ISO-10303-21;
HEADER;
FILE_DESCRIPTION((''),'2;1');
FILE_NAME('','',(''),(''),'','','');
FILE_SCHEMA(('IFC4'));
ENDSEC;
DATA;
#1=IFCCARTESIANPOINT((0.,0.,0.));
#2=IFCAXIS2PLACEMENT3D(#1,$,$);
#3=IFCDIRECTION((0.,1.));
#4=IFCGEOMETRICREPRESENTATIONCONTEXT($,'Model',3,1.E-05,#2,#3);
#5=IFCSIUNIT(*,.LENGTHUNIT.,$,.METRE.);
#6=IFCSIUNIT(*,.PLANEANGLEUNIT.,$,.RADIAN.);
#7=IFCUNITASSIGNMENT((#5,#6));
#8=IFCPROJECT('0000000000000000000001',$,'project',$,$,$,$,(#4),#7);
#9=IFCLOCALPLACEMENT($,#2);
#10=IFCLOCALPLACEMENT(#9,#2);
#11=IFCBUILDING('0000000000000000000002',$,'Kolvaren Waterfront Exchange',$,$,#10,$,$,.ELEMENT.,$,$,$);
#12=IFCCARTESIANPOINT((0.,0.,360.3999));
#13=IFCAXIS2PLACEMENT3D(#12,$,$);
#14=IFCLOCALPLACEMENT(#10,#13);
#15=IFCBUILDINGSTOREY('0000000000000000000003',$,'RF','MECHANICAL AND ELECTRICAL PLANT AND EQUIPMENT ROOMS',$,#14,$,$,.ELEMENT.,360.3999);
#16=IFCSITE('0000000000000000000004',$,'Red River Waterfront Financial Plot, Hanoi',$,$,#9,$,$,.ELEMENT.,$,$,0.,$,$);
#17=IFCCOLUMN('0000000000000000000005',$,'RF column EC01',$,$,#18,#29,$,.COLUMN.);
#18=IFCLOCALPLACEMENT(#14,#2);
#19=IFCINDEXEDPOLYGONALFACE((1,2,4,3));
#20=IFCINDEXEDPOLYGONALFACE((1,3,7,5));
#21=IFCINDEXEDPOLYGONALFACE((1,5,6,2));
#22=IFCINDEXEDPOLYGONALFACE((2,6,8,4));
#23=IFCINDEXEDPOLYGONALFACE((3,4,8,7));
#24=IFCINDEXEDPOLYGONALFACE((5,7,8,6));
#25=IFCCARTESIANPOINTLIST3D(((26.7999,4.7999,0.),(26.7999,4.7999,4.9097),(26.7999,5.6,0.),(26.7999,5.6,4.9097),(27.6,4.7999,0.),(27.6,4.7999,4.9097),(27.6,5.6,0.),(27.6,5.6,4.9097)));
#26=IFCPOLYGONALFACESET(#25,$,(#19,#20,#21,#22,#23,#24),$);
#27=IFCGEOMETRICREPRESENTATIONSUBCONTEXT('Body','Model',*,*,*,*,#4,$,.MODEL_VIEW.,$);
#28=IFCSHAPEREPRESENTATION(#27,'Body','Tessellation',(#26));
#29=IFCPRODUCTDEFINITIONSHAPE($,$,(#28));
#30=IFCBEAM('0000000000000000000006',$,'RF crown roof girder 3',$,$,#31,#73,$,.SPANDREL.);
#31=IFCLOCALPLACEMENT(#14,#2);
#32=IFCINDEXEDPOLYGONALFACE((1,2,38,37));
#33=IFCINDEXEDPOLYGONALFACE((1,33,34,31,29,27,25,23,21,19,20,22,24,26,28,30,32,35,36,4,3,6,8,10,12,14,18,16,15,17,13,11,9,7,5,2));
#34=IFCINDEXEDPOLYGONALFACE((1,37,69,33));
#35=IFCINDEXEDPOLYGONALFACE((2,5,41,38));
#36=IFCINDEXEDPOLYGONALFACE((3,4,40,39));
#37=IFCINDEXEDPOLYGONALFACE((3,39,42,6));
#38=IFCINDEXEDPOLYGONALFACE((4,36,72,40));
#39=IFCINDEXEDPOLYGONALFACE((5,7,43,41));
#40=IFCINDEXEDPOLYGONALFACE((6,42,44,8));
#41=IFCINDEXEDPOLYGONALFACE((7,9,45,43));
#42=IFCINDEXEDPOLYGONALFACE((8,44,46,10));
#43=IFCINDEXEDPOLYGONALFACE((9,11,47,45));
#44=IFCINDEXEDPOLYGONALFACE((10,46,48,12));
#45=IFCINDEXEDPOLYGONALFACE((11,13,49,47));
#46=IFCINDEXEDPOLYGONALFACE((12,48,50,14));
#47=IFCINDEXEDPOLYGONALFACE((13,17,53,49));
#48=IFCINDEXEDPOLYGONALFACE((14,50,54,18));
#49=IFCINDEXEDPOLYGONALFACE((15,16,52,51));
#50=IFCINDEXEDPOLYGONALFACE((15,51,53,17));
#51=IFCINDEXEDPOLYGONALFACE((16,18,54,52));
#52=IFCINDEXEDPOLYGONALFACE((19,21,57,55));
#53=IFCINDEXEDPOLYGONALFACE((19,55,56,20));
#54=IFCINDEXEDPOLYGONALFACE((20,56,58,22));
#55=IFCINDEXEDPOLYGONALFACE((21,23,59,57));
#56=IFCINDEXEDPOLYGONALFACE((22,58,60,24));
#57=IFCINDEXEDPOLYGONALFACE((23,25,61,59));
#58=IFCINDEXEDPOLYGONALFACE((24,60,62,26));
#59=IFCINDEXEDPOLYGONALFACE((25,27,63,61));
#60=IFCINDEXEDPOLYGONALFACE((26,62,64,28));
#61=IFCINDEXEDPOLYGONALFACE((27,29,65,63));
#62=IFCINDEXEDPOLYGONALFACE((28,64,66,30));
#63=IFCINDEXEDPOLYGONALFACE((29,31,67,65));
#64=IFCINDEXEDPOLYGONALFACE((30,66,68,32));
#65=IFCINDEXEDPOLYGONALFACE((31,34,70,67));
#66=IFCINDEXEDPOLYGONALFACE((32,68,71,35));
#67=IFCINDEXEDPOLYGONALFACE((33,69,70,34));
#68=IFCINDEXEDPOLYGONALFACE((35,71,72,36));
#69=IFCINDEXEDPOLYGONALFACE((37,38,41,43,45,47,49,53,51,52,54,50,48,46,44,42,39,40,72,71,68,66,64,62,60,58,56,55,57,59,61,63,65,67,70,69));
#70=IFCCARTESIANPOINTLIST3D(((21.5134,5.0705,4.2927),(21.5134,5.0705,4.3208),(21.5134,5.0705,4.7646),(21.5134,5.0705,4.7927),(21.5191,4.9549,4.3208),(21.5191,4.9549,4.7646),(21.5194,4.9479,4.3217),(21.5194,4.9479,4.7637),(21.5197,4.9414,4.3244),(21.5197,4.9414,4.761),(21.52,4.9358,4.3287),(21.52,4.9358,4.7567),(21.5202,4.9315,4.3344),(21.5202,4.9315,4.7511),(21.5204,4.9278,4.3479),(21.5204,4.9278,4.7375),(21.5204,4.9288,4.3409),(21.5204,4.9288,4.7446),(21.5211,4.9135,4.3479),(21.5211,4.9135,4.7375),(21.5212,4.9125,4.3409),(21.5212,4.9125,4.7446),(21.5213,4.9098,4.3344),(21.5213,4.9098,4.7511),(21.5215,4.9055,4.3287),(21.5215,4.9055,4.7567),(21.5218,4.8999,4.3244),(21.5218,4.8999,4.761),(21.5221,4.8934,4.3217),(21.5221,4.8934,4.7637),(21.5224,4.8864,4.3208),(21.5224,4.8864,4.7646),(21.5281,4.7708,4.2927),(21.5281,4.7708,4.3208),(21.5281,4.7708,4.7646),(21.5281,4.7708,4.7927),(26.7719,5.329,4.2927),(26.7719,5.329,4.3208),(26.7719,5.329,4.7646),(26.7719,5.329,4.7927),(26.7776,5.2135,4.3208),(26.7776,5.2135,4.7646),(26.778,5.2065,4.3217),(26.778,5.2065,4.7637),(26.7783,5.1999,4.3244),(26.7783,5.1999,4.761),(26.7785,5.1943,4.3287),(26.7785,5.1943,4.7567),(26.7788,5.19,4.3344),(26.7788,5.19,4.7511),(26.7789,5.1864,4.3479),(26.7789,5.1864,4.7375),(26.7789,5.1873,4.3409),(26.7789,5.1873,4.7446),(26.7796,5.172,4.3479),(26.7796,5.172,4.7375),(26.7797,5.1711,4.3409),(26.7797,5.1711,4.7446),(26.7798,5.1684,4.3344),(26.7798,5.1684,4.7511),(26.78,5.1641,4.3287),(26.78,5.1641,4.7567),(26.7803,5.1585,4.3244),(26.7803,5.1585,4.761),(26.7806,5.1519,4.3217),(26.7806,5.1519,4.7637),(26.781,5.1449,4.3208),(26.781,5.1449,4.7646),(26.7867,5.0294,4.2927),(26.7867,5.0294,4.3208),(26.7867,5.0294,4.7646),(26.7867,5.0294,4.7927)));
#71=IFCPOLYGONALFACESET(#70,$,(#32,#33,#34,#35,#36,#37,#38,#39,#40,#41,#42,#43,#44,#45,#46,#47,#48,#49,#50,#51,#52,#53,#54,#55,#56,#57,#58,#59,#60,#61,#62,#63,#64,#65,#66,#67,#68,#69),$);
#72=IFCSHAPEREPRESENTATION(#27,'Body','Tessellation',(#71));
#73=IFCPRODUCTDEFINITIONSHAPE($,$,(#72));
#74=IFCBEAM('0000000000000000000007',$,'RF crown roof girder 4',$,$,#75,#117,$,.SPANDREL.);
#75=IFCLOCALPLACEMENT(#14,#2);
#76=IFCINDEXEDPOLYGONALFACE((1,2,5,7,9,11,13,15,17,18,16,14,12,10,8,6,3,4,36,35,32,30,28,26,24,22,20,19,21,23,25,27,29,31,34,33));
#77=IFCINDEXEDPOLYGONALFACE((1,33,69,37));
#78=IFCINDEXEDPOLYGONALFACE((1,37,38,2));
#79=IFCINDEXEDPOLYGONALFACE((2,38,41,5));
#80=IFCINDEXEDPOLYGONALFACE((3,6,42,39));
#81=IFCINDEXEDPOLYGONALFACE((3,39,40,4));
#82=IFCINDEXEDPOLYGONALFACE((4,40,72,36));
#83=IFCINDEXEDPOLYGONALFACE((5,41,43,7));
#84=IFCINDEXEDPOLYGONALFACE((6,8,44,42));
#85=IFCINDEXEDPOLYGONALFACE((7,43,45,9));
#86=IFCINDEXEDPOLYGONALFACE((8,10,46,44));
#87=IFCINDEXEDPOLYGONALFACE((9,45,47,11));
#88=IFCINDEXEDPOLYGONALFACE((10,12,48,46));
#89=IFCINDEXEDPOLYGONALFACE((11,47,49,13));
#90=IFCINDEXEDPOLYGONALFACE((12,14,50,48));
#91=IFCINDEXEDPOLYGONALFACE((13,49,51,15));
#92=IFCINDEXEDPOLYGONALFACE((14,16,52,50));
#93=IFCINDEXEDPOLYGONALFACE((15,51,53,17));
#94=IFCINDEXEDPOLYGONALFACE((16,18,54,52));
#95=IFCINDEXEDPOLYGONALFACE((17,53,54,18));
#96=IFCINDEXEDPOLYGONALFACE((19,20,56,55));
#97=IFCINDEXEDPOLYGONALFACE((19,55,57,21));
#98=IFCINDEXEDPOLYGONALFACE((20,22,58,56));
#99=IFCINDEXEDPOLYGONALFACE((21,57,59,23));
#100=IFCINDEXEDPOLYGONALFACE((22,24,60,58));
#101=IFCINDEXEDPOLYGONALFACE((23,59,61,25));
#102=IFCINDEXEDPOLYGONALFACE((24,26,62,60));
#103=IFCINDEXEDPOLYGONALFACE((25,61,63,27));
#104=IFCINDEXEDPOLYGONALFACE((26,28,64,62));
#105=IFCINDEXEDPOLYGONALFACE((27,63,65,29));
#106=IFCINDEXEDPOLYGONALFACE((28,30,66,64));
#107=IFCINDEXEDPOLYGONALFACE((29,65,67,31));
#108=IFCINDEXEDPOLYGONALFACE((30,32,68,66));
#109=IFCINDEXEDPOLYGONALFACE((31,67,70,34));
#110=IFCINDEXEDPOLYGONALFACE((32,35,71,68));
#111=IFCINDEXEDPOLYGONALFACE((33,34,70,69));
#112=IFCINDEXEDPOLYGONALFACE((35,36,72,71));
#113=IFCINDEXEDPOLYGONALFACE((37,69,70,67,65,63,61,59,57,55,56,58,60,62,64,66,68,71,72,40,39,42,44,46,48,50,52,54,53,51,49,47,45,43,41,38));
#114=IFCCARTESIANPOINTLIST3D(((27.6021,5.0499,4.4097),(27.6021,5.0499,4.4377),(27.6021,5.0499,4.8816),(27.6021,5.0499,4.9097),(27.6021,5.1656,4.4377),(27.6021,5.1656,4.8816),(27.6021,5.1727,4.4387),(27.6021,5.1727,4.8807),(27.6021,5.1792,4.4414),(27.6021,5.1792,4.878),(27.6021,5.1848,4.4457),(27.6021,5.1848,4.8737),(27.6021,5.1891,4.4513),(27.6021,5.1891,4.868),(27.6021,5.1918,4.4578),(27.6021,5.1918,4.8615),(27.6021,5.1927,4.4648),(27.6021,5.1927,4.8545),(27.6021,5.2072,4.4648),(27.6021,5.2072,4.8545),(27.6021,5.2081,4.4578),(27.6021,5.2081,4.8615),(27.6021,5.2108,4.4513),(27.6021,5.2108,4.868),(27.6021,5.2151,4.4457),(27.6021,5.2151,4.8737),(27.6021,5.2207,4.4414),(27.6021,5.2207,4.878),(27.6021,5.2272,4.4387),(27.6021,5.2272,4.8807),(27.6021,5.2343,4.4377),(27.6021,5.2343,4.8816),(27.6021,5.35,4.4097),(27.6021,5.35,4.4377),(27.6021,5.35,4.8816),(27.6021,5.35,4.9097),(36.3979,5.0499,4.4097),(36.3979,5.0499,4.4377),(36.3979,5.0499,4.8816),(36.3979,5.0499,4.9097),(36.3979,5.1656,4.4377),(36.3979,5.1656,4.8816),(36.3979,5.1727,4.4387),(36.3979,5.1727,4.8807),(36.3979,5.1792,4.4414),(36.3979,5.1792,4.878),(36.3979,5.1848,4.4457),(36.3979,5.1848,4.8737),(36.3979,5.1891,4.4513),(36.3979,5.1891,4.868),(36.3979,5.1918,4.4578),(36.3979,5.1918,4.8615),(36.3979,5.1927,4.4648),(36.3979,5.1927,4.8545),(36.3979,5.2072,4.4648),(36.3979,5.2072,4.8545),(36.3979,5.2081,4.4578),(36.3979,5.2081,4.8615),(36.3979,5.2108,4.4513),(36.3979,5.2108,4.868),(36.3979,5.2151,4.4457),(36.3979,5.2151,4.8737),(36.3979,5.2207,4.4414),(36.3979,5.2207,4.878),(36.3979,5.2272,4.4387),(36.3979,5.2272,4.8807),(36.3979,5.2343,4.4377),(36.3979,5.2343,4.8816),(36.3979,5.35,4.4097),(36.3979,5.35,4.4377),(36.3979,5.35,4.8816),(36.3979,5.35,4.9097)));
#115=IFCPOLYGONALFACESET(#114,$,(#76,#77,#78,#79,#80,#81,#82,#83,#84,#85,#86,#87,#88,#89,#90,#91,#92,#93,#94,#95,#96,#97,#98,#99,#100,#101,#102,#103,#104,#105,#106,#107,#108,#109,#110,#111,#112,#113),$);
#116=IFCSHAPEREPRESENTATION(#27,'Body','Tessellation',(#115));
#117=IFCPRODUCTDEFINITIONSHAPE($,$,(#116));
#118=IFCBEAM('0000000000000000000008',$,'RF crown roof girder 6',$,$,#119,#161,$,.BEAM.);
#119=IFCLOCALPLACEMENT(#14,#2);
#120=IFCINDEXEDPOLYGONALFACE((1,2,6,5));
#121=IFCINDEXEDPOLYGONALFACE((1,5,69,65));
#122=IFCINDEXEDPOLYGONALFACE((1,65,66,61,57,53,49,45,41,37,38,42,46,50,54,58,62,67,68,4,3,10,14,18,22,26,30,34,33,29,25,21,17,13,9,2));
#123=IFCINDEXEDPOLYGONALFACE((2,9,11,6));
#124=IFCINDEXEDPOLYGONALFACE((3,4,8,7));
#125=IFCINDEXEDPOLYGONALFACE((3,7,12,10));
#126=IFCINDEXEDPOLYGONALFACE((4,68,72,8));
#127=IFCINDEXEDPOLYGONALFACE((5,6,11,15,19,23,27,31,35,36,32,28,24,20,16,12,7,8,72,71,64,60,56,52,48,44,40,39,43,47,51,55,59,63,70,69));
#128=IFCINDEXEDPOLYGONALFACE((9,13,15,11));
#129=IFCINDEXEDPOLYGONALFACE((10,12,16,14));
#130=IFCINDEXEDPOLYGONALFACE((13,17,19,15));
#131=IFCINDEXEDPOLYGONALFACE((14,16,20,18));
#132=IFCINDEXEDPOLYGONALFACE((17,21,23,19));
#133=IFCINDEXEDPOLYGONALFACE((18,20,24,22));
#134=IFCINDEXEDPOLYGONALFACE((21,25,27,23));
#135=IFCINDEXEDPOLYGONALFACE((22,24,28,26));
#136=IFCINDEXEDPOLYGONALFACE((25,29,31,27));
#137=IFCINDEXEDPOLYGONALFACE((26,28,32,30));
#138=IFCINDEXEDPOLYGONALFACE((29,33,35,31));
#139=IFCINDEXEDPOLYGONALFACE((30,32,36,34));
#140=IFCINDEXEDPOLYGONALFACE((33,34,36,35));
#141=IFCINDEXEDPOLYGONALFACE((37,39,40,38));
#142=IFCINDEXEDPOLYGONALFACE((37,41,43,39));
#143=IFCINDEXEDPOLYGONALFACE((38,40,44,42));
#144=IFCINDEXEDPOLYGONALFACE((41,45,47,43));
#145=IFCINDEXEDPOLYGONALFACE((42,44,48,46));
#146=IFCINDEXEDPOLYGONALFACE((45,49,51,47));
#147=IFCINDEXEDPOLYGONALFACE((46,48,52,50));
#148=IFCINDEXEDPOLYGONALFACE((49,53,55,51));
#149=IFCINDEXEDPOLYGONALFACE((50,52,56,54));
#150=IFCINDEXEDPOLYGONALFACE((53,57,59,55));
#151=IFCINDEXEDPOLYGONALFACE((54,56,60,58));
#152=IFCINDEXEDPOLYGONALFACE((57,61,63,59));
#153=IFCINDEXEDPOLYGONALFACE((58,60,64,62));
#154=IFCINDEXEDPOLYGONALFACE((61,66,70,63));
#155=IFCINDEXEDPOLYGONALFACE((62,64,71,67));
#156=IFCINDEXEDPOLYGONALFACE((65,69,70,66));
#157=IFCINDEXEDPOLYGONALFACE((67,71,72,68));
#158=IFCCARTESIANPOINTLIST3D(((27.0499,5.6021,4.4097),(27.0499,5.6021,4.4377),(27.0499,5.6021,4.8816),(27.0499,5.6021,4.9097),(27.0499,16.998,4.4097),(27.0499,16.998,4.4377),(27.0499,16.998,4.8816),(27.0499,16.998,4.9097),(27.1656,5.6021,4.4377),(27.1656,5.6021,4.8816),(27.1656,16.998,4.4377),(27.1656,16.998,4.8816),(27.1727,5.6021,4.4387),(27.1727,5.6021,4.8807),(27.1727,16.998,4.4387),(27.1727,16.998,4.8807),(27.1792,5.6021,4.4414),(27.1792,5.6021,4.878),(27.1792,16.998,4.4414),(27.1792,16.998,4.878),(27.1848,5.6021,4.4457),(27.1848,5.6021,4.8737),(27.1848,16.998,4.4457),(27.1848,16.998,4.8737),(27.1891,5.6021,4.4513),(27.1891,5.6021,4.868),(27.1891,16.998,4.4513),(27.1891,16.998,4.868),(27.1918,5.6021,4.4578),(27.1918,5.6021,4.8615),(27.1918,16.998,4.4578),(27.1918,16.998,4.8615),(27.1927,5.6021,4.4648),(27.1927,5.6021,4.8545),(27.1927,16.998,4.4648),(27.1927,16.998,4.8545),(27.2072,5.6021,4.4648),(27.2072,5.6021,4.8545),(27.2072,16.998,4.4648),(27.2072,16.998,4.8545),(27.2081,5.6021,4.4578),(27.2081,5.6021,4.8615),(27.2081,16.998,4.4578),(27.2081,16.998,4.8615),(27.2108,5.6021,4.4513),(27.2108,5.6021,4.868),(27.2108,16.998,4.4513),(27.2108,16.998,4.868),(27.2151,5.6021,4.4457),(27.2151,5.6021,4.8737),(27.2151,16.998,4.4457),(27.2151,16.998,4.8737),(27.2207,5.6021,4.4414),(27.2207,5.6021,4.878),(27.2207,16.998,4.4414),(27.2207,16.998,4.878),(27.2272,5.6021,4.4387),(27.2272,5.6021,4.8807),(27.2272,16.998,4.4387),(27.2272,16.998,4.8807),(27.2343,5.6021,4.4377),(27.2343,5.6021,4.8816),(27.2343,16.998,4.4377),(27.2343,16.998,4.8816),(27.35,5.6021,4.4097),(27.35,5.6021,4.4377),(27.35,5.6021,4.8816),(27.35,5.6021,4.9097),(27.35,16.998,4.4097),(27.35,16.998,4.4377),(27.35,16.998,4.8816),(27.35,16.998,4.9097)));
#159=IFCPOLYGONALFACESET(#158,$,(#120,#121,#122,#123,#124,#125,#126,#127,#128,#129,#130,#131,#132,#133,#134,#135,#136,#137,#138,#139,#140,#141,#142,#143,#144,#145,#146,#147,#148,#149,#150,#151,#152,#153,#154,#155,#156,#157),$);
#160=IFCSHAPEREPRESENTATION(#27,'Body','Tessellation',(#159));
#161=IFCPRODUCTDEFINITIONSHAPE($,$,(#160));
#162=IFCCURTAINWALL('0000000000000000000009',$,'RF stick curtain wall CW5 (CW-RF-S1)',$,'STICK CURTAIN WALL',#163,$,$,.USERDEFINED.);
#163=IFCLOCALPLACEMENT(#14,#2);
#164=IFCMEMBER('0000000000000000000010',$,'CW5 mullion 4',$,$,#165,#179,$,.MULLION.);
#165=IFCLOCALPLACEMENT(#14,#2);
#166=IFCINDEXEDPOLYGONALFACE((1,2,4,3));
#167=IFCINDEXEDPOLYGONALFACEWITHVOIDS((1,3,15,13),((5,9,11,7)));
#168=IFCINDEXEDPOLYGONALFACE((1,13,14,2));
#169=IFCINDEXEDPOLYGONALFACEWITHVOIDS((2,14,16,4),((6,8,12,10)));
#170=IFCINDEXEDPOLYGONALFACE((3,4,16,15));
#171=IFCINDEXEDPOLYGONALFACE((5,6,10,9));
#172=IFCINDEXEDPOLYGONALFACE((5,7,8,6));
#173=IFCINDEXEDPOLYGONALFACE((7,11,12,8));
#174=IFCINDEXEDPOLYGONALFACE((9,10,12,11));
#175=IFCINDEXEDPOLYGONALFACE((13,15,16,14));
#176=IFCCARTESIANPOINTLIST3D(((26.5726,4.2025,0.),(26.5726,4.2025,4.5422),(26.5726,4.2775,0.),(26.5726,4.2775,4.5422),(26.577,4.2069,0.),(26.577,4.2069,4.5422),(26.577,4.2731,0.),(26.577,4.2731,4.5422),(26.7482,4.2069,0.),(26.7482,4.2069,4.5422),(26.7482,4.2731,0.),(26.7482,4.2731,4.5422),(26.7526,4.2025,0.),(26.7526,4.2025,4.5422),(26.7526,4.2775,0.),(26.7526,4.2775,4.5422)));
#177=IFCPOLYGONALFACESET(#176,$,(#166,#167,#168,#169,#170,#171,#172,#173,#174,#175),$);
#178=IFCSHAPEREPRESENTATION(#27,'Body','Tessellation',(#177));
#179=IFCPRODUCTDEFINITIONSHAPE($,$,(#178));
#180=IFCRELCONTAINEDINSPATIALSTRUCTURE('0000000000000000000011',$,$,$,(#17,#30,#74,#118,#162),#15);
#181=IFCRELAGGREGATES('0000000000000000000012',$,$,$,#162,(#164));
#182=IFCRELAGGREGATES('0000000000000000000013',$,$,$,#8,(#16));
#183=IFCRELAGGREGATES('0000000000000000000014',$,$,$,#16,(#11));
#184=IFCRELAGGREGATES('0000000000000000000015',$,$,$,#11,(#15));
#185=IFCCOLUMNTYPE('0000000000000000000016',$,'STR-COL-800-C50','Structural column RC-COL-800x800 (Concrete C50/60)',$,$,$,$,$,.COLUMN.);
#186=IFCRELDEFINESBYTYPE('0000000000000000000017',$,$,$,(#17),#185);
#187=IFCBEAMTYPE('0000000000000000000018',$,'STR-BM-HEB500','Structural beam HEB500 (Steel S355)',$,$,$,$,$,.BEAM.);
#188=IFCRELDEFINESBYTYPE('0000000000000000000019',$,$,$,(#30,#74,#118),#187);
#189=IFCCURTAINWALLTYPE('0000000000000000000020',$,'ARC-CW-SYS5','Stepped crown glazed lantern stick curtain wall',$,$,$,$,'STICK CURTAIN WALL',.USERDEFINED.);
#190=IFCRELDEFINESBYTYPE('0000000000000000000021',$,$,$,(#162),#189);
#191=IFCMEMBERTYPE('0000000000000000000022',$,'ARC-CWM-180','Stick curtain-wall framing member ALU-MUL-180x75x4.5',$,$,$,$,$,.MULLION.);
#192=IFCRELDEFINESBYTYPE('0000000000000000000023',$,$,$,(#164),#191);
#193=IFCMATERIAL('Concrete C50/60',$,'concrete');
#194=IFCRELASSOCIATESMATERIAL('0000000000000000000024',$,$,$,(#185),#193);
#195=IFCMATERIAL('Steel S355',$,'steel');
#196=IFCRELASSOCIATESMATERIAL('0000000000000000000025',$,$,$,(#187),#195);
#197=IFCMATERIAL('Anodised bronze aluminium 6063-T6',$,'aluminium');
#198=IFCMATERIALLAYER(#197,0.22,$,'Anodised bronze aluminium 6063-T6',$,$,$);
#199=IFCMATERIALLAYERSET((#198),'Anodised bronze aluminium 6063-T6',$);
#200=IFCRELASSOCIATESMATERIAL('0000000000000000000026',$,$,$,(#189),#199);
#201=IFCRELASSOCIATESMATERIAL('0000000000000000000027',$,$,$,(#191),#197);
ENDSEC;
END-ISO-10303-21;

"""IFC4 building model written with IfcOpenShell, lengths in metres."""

from ifc_helpers import new_model, si_unit, direction, frame, origin, origin_with_axes, origin_2d, place, context, subcontext, project, spatial, rectangle, hollow_rectangle, i_section, extrude, source, transform, mapped, material, layer, layer_set, material_profile, profile_set, type_object, element, aggregate, save


model = new_model("IFC4")

# Units and contexts
model_context = context("Model", 3, precision=1e-05, world=origin(), true_north=direction((0.0, 1.0)))
body_context = subcontext(model_context, "Body", "Model", "MODEL_VIEW")
ifc_project = project(units=[si_unit("LENGTHUNIT", "METRE"), si_unit("PLANEANGLEUNIT", "RADIAN")], contexts=[model_context])

# Site, building, storey
site_placement = place(None, origin())
site = spatial("IfcSite", under=ifc_project, at=site_placement, Name="Red River Waterfront Financial Plot, Hanoi", CompositionType="ELEMENT", RefElevation=0.0)
building_placement = place(site_placement, origin())
building = spatial("IfcBuilding", under=site, at=building_placement, Name="Kolvaren Waterfront Exchange", CompositionType="ELEMENT")
storey_placement = place(building_placement, frame((0.0, 0.0, 360.3999)))
storey = spatial("IfcBuildingStorey", under=building, at=storey_placement, Name="RF", Description="MECHANICAL AND ELECTRICAL PLANT AND EQUIPMENT ROOMS", CompositionType="ELEMENT", Elevation=360.3999)

# Column
ifc_material_1 = material(Name="Concrete C50/60", Category="concrete")
ifc_material_profile_1 = material_profile(ifc_material_1, rectangle(XDim=0.8, YDim=0.8, at=origin_2d()), Name="RC-COL-800x800")
ifc_profile_set_1 = profile_set([ifc_material_profile_1], Name="Concrete C50/60")
column_type = type_object("IfcColumnType", Name="STR-COL-800-C50", Description="Structural column RC-COL-800x800 (Concrete C50/60)", PredefinedType="COLUMN", material=ifc_profile_set_1)
column_placement = place(storey_placement, frame((27.2, 5.2, 0.0), z_axis=(0.0, 0.0, 1.0), x_axis=(1.0, 0.0, 0.0)))
element("IfcColumn", 1, at=column_placement, inside=storey, type_object=column_type, Name="RF column EC01", PredefinedType="COLUMN", context=body_context, shape_type="SweptSolid", body=[
    extrude(rectangle(XDim=0.8, YDim=0.8, at=origin_2d()), origin(), (0.0, 0.0, 1.0), 4.9097),
])

# Beams
ifc_material_2 = material(Name="Steel S355", Category="steel")
ifc_material_profile_2 = material_profile(ifc_material_2, i_section(OverallWidth=0.3, OverallDepth=0.5, WebThickness=0.0144, FlangeThickness=0.0281, FilletRadius=0.0271, at=origin_2d()), Name="HEB500")
ifc_profile_set_2 = profile_set([ifc_material_profile_2], Name="Steel S355")
beam_type = type_object("IfcBeamType", Name="STR-BM-HEB500", Description="Structural beam HEB500 (Steel S355)", PredefinedType="BEAM", material=ifc_profile_set_2)
beam_1_placement = place(storey_placement, frame((21.5208, 4.9207, 4.5427), z_axis=(0.998794, 0.049107, 0.0), x_axis=(-0.049107, 0.998794, 0.0)))
element("IfcBeam", 2, at=beam_1_placement, inside=storey, type_object=beam_type, Name="RF crown roof girder 3", PredefinedType="SPANDREL", context=body_context, shape_type="SweptSolid", body=[
    extrude(i_section(OverallWidth=0.3, OverallDepth=0.5, WebThickness=0.0144, FlangeThickness=0.0281, FilletRadius=0.0271, at=origin_2d()), origin(), (0.0, 0.0, 1.0), 5.2649),
])
beam_2_placement = place(storey_placement, frame((27.6021, 5.2, 4.6597), z_axis=(1.0, 0.0, 0.0), x_axis=(0.0, 1.0, 0.0)))
element("IfcBeam", 3, at=beam_2_placement, inside=storey, type_object=beam_type, Name="RF crown roof girder 4", PredefinedType="SPANDREL", context=body_context, shape_type="SweptSolid", body=[
    extrude(i_section(OverallWidth=0.3, OverallDepth=0.5, WebThickness=0.0144, FlangeThickness=0.0281, FilletRadius=0.0271, at=origin_2d()), origin(), (0.0, 0.0, 1.0), 8.7959),
])
beam_3_placement = place(storey_placement, frame((27.2, 5.6021, 4.6597), z_axis=(0.0, 1.0, 0.0), x_axis=(-1.0, 0.0, 0.0)))
element("IfcBeam", 4, at=beam_3_placement, inside=storey, type_object=beam_type, Name="RF crown roof girder 6", PredefinedType="BEAM", context=body_context, shape_type="SweptSolid", body=[
    extrude(i_section(OverallWidth=0.3, OverallDepth=0.5, WebThickness=0.0144, FlangeThickness=0.0281, FilletRadius=0.0271, at=origin_2d()), origin(), (0.0, 0.0, 1.0), 11.396),
])

# Curtain wall, member
ifc_material_3 = material(Name="Anodised bronze aluminium 6063-T6", Category="aluminium")
ifc_layer_1 = layer(ifc_material_3, 0.22, Name="Anodised bronze aluminium 6063-T6")
ifc_layer_set_1 = layer_set([ifc_layer_1], Name="Anodised bronze aluminium 6063-T6")
curtain_wall_type = type_object("IfcCurtainWallType", Name="ARC-CW-SYS5", Description="Stepped crown glazed lantern stick curtain wall", ElementType="STICK CURTAIN WALL", PredefinedType="USERDEFINED", material=ifc_layer_set_1)
curtain_wall_1_placement = place(storey_placement, origin())
curtain_wall_1 = element("IfcCurtainWall", 5, at=curtain_wall_1_placement, inside=storey, type_object=curtain_wall_type, Name="RF stick curtain wall CW5 (CW-RF-S1)", ObjectType="STICK CURTAIN WALL", PredefinedType="USERDEFINED")
ifc_material_profile_3 = material_profile(ifc_material_3, hollow_rectangle(XDim=0.075, YDim=0.1799, WallThickness=0.0044, at=origin_2d()), Name="ALU-MUL-180x75x4.5")
ifc_profile_set_3 = profile_set([ifc_material_profile_3], Name="Anodised bronze aluminium 6063-T6")
member_type_1 = type_object("IfcMemberType", Name="ARC-CWM-180", Description="Stick curtain-wall framing member ALU-MUL-180x75x4.5", PredefinedType="MULLION", material=ifc_profile_set_3)
shared_shape_1 = source(origin_with_axes(), body_context, "Body", "SweptSolid", [
    extrude(hollow_rectangle(XDim=0.075, YDim=0.1799, WallThickness=0.0044, at=origin_2d()), origin(), (0.0, 0.0, 1.0), 4.5422),
])
member_1_placement = place(storey_placement, frame((26.6626, 4.24, 0.0), z_axis=(0.0, 0.0, 1.0), x_axis=(0.0, 1.0, 0.0)))
member_1 = element("IfcMember", 6, at=member_1_placement, type_object=member_type_1, Name="CW5 mullion 4", PredefinedType="MULLION", context=body_context, shape_type="MappedRepresentation", body=[
    mapped(shared_shape_1, transform((0.0, 0.0, 0.0), x_axis=(1.0, 0.0, 0.0), y_axis=(0.0, 1.0, 0.0), z_axis=(0.0, 0.0, 1.0), scale=1.0)),
])

aggregate(curtain_wall_1, [member_1])

save(model, "model.ifc")
